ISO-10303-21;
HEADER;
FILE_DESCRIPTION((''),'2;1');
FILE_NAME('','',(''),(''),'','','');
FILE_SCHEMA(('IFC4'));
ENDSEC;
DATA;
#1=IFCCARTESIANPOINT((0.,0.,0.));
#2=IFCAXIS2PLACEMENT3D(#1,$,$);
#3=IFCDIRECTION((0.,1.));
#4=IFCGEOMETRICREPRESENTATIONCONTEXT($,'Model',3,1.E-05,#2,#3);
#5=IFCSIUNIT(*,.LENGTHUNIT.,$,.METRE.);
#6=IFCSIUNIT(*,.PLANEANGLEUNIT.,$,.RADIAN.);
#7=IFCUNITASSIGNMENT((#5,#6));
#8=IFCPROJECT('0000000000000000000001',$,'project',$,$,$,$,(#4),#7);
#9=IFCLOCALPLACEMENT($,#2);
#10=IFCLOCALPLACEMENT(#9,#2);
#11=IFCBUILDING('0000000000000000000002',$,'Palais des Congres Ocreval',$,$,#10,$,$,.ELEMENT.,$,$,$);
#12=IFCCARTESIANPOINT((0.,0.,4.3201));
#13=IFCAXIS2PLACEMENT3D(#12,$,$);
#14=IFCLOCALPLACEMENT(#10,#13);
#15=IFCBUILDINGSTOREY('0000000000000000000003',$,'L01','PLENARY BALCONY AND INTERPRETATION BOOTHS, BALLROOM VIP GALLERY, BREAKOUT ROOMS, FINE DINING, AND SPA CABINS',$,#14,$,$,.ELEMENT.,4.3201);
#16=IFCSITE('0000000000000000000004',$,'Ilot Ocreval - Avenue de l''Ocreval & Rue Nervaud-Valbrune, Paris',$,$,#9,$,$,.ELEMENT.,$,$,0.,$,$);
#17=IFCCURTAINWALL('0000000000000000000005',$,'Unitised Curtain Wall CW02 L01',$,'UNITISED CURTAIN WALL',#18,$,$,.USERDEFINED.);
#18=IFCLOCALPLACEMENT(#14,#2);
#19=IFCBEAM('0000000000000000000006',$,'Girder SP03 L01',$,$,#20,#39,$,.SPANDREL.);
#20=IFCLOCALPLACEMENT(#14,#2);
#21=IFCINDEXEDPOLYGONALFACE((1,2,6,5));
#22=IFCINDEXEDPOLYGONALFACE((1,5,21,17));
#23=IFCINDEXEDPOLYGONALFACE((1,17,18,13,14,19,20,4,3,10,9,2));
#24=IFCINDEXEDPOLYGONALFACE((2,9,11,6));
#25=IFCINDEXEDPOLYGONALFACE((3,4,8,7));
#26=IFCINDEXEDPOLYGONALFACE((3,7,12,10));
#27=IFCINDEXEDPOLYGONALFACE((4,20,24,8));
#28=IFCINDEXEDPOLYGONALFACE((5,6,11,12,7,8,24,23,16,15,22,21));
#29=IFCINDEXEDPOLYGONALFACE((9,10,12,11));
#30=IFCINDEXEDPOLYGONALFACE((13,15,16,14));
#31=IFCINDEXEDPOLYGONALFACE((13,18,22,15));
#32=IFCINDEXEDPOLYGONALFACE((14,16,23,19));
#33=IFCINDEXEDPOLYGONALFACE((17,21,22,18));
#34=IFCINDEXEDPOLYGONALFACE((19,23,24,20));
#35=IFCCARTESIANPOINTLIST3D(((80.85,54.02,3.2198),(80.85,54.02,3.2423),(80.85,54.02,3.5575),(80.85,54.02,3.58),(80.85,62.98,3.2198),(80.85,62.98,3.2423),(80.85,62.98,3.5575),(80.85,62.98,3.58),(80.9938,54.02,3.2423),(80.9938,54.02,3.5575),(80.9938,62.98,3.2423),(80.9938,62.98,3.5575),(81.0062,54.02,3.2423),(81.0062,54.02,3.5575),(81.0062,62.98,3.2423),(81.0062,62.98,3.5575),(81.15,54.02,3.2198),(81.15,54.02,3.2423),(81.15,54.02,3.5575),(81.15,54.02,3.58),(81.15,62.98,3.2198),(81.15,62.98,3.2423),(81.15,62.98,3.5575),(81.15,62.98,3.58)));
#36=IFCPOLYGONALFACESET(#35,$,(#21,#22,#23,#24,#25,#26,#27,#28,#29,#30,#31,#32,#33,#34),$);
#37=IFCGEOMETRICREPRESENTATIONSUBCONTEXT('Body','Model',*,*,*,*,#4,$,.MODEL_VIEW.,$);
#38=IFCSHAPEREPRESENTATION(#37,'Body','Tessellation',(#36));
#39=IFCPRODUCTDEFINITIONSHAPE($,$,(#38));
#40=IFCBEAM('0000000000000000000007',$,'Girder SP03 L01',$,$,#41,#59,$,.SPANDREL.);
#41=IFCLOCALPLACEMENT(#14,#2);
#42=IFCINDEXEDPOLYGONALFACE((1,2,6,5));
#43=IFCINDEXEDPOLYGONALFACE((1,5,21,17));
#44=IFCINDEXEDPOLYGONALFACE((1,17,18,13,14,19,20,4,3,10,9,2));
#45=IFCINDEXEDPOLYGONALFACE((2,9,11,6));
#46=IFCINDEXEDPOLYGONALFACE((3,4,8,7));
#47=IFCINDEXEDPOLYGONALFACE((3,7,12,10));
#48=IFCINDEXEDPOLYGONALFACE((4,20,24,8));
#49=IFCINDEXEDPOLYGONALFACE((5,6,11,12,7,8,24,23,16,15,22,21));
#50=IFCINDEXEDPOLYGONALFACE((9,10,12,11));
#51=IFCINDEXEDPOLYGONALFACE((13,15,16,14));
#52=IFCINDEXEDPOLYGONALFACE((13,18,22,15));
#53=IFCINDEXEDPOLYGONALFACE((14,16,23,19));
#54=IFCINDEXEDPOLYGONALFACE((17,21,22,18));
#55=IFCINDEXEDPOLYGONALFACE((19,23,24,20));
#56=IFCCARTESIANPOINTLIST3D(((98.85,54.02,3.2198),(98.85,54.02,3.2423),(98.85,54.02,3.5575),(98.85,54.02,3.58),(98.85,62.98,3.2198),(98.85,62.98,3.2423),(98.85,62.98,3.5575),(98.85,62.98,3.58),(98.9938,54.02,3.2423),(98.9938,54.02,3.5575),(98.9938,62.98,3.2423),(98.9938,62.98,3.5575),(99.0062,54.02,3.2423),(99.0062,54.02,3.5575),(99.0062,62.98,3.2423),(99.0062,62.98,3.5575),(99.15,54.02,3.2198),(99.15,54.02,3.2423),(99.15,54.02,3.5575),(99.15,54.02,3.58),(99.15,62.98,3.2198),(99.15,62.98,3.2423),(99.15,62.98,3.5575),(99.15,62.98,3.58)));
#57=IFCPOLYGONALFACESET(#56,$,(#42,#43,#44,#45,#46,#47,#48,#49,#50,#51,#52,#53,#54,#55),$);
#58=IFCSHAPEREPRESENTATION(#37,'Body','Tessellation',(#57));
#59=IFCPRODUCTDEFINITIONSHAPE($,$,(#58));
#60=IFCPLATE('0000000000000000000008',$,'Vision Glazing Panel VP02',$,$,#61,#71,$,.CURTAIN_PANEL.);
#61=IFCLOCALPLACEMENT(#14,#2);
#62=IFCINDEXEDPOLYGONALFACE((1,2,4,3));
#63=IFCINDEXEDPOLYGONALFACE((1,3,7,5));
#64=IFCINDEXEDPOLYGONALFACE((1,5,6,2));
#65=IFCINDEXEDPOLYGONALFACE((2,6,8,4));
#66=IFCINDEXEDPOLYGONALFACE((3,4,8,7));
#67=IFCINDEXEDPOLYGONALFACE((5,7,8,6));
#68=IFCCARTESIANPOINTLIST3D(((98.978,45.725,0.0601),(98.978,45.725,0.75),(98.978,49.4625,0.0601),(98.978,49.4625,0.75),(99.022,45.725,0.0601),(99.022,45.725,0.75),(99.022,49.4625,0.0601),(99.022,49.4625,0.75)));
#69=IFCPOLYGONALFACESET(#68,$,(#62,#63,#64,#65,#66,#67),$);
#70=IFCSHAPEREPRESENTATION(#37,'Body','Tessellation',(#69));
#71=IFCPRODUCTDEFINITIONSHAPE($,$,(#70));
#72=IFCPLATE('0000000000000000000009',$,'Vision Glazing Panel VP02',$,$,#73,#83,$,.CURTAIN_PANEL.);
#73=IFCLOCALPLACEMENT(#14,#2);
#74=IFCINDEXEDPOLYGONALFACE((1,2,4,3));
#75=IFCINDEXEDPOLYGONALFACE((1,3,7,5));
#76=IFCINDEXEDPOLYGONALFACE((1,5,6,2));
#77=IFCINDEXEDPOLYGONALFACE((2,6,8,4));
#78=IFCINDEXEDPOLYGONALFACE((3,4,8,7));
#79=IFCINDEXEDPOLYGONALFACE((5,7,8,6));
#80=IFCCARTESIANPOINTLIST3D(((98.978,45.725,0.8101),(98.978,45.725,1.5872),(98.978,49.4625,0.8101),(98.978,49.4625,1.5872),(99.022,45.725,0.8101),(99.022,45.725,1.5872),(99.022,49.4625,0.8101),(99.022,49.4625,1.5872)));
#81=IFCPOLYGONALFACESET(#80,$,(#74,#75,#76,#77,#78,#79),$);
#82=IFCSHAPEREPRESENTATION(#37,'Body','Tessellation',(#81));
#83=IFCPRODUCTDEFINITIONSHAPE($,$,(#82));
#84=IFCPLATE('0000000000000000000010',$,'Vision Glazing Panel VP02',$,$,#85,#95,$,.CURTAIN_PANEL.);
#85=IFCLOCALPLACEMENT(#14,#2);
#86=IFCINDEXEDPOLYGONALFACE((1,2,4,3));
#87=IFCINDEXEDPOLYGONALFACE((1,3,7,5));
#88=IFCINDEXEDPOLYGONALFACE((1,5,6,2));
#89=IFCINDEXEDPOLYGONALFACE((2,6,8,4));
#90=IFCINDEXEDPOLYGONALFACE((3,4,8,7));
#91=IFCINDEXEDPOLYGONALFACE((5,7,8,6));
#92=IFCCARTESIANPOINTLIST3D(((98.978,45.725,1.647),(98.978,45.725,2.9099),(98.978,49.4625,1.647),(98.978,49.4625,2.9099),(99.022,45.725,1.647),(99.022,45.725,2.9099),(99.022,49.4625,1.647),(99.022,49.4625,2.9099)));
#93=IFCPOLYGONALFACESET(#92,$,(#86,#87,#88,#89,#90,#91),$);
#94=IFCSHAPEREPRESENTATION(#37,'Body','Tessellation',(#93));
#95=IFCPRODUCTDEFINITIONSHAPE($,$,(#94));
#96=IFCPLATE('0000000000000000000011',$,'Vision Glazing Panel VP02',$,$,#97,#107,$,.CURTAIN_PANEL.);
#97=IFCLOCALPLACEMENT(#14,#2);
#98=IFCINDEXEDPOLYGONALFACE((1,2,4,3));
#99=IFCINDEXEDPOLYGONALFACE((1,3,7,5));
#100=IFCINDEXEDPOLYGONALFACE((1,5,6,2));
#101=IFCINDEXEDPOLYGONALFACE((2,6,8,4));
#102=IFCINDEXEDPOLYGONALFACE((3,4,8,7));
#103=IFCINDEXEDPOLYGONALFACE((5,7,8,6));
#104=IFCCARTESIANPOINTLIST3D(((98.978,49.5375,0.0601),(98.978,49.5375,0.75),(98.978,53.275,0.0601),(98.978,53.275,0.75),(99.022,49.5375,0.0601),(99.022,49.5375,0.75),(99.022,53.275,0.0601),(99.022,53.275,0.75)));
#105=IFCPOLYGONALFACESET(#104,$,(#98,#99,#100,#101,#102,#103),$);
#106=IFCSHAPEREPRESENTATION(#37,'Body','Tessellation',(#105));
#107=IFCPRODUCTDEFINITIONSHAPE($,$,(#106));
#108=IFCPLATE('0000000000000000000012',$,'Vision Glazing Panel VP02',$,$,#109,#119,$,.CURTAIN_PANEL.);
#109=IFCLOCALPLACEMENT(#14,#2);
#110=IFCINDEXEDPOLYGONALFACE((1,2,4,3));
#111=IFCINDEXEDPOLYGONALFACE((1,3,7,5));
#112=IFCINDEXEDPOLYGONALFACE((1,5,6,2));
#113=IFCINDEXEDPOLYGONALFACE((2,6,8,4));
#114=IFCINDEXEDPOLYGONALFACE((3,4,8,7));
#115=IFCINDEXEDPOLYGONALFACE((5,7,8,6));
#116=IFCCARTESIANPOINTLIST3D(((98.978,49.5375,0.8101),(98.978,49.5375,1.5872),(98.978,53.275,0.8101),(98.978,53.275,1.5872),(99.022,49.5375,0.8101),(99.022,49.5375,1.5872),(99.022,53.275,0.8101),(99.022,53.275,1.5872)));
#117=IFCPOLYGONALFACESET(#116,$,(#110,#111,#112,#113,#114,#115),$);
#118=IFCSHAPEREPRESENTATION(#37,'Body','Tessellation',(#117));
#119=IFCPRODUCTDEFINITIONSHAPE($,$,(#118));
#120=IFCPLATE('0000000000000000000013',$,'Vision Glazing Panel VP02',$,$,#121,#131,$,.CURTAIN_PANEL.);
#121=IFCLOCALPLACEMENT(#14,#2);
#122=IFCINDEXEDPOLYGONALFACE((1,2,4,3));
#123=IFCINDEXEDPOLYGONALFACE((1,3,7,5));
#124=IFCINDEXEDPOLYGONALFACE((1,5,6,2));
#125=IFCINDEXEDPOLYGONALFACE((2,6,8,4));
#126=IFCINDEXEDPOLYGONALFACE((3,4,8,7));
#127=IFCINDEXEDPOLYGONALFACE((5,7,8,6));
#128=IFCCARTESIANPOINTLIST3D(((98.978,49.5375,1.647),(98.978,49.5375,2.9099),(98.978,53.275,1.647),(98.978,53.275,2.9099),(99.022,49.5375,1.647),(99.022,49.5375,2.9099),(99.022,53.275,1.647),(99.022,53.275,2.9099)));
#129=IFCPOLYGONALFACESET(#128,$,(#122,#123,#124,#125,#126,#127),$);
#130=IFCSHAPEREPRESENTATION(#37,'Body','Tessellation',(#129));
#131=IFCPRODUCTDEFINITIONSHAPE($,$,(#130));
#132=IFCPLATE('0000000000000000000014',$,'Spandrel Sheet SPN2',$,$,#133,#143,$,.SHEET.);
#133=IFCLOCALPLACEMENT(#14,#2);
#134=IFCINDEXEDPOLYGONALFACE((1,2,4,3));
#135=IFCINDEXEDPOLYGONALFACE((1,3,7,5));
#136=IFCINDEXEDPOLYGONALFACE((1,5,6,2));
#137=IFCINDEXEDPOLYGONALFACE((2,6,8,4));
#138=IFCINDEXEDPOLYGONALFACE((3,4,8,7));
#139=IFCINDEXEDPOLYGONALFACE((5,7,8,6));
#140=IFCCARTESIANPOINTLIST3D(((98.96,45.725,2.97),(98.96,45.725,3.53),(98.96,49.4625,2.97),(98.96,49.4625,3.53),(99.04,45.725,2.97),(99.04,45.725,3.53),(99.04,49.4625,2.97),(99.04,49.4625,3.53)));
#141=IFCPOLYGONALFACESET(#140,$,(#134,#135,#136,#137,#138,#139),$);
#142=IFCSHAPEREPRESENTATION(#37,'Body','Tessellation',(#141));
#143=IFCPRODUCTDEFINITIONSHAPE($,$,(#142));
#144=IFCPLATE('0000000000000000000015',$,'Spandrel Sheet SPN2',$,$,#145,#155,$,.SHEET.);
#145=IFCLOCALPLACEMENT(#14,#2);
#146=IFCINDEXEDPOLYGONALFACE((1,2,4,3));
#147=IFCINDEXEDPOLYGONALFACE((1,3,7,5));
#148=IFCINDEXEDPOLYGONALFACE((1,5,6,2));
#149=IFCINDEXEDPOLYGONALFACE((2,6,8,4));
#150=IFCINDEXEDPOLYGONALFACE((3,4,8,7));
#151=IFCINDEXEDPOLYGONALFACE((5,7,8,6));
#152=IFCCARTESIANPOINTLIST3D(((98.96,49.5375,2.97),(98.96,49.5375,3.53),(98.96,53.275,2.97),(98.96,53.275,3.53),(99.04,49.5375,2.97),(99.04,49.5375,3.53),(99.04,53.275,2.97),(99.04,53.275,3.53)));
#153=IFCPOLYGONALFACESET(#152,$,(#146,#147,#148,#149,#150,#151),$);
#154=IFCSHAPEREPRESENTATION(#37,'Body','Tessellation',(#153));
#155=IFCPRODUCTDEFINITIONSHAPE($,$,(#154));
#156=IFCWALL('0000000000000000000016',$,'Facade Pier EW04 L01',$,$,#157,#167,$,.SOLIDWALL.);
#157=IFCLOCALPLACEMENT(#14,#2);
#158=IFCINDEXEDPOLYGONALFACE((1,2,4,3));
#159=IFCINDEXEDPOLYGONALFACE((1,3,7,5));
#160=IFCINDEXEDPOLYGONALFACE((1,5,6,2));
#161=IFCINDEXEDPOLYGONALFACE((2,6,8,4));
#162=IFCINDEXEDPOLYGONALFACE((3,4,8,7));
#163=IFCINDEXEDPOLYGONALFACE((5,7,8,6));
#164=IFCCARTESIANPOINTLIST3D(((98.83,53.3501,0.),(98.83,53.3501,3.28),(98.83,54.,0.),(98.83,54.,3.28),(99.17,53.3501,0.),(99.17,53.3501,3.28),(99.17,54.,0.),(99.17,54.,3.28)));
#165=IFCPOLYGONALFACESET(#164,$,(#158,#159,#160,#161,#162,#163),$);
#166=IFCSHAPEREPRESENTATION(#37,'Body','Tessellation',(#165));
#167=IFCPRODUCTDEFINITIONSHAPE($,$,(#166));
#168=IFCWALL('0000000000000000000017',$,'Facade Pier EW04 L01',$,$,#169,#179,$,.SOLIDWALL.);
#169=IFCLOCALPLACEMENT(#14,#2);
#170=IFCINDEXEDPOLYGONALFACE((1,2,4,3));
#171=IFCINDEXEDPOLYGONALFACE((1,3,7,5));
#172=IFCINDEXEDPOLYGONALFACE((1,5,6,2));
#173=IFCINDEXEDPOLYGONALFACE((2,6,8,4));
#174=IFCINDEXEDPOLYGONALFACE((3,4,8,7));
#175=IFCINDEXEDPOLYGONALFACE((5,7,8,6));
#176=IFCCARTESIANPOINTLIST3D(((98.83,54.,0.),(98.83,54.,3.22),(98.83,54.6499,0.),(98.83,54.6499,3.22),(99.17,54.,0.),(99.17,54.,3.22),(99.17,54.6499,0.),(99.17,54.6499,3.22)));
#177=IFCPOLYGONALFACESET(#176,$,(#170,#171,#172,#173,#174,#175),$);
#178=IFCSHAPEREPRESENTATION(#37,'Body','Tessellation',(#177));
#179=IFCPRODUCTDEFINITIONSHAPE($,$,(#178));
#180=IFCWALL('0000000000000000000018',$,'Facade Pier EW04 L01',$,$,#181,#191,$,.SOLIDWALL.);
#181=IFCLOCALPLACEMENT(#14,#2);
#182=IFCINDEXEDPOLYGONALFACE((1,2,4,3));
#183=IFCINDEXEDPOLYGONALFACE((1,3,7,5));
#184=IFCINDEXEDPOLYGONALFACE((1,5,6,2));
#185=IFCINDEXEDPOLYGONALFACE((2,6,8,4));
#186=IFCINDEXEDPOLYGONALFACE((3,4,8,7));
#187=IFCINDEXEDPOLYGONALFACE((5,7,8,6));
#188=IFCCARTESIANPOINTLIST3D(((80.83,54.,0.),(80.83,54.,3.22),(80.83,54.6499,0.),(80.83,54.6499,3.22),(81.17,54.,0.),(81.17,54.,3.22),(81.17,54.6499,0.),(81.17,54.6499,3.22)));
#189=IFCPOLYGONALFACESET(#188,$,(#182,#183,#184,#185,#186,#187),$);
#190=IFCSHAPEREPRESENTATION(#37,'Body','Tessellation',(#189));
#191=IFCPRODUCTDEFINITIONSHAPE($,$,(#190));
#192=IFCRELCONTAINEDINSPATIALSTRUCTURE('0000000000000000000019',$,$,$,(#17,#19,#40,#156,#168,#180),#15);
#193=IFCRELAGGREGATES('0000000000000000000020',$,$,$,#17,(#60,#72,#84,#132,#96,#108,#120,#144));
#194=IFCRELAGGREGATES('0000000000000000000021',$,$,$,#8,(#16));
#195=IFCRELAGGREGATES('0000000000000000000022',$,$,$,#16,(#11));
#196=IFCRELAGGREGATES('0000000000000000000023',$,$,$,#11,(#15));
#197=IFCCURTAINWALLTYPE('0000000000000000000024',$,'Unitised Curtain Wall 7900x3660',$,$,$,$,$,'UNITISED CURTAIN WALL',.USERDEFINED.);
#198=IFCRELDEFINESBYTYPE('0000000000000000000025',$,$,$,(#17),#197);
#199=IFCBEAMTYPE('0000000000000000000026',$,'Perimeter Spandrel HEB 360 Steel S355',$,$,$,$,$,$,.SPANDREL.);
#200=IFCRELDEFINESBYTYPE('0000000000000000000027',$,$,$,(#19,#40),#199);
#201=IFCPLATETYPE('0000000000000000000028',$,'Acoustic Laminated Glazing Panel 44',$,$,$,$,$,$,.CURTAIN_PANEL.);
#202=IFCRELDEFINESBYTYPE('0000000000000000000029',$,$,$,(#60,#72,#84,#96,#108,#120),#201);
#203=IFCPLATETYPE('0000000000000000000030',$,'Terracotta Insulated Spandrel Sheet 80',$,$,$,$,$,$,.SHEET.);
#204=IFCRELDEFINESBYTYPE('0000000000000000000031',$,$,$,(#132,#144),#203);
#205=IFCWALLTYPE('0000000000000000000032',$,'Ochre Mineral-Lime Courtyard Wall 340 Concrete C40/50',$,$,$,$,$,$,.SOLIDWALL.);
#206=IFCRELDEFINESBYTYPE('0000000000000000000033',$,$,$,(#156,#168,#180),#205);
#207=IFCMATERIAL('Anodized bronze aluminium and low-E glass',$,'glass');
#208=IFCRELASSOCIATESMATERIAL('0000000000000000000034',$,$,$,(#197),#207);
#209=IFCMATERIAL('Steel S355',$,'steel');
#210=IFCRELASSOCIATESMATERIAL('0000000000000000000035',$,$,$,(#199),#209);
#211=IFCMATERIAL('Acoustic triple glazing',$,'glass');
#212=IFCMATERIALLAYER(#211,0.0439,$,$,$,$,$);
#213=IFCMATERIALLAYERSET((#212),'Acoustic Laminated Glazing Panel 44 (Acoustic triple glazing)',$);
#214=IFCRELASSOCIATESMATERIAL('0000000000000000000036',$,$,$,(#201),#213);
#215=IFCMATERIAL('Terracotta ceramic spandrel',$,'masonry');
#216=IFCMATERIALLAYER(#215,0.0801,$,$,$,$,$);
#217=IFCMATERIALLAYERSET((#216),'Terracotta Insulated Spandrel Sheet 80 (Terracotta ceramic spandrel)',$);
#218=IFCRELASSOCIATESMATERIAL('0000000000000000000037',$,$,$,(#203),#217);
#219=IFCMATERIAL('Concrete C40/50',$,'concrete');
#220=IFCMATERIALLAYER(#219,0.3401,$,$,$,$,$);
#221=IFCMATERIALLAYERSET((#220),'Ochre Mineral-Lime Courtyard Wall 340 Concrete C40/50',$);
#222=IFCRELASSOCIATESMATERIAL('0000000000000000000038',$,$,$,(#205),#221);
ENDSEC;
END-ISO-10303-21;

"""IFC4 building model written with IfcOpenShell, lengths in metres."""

from ifc_helpers import new_model, si_unit, direction, frame, frame_2d, origin, origin_2d, place, context, subcontext, project, spatial, rectangle, i_section, extrude, material, layer, layer_set, material_profile, profile_set, type_object, element, aggregate, save


model = new_model("IFC4")

# Units and contexts
model_context = context("Model", 3, precision=1e-05, world=origin(), true_north=direction((0.0, 1.0)))
body_context = subcontext(model_context, "Body", "Model", "MODEL_VIEW")
ifc_project = project(units=[si_unit("LENGTHUNIT", "METRE"), si_unit("PLANEANGLEUNIT", "RADIAN")], contexts=[model_context])

# Site, building, storey
site_placement = place(None, origin())
site = spatial("IfcSite", under=ifc_project, at=site_placement, Name="Ilot Ocreval - Avenue de l'Ocreval & Rue Nervaud-Valbrune, Paris", CompositionType="ELEMENT", RefElevation=0.0)
building_placement = place(site_placement, origin())
building = spatial("IfcBuilding", under=site, at=building_placement, Name="Palais des Congres Ocreval", CompositionType="ELEMENT")
storey_placement = place(building_placement, frame((0.0, 0.0, 4.3201)))
storey = spatial("IfcBuildingStorey", under=building, at=storey_placement, Name="L01", Description="PLENARY BALCONY AND INTERPRETATION BOOTHS, BALLROOM VIP GALLERY, BREAKOUT ROOMS, FINE DINING, AND SPA CABINS", CompositionType="ELEMENT", Elevation=4.3201)

# Shared definitions
ifc_material_1 = material(Name="Steel S355", Category="steel")

# Curtain wall
ifc_material_2 = material(Name="Anodized bronze aluminium and low-E glass", Category="glass")
curtain_wall_type = type_object("IfcCurtainWallType", Name="Unitised Curtain Wall 7900x3660", ElementType="UNITISED CURTAIN WALL", PredefinedType="USERDEFINED", material=ifc_material_2)
curtain_wall_placement = place(storey_placement, origin())
curtain_wall = element("IfcCurtainWall", 1, at=curtain_wall_placement, inside=storey, type_object=curtain_wall_type, Name="Unitised Curtain Wall CW02 L01", ObjectType="UNITISED CURTAIN WALL", PredefinedType="USERDEFINED")

# Beams
ifc_material_profile_1 = material_profile(ifc_material_1, i_section(OverallWidth=0.3, OverallDepth=0.3601, WebThickness=0.0125, FlangeThickness=0.0225, at=origin_2d()), Name="HEB 360")
ifc_profile_set_1 = profile_set([ifc_material_profile_1], Name="Steel S355")
beam_type = type_object("IfcBeamType", Name="Perimeter Spandrel HEB 360 Steel S355", PredefinedType="SPANDREL", material=ifc_profile_set_1)
for number, where, z_axis, x_axis, name in (
    (2, (81.0, 54.02, 3.3999), (0.0, 1.0, 0.0), (-1.0, 0.0, 0.0), "Girder SP03 L01"),
    (3, (99.0, 54.02, 3.3999), (0.0, 1.0, 0.0), (-1.0, 0.0, 0.0), "Girder SP03 L01"),
):
    element("IfcBeam", number, at=place(storey_placement, frame(where, z_axis=z_axis, x_axis=x_axis)), inside=storey, type_object=beam_type, Name=name, PredefinedType="SPANDREL", context=body_context, shape_type="SweptSolid", body=[
        extrude(i_section(OverallWidth=0.3, OverallDepth=0.3601, WebThickness=0.0125, FlangeThickness=0.0225, at=origin_2d()), origin(), (0.0, 0.0, 1.0), 8.96),
    ])

# Plates
ifc_material_3 = material(Name="Acoustic triple glazing", Category="glass")
ifc_layer_1 = layer(ifc_material_3, 0.0439)
ifc_layer_set_1 = layer_set([ifc_layer_1], Name="Acoustic Laminated Glazing Panel 44 (Acoustic triple glazing)")
plate_type_1 = type_object("IfcPlateType", Name="Acoustic Laminated Glazing Panel 44", PredefinedType="CURTAIN_PANEL", material=ifc_layer_set_1)
plate_1_placement = place(storey_placement, frame((99.0, 47.5938, 0.0601), z_axis=(0.0, 0.0, 1.0), x_axis=(0.0, 1.0, 0.0)))
plate_1 = element("IfcPlate", 4, at=plate_1_placement, type_object=plate_type_1, Name="Vision Glazing Panel VP02", PredefinedType="CURTAIN_PANEL", context=body_context, shape_type="SweptSolid", body=[
    extrude(rectangle(XDim=3.7375, YDim=0.0439, at=origin_2d()), origin(), (0.0, 0.0, 1.0), 0.6899),
])
plate_2_placement = place(storey_placement, frame((99.0, 47.5938, 0.8101), z_axis=(0.0, 0.0, 1.0), x_axis=(0.0, 1.0, 0.0)))
plate_2 = element("IfcPlate", 5, at=plate_2_placement, type_object=plate_type_1, Name="Vision Glazing Panel VP02", PredefinedType="CURTAIN_PANEL", context=body_context, shape_type="SweptSolid", body=[
    extrude(rectangle(XDim=3.7375, YDim=0.0439, at=origin_2d()), origin(), (0.0, 0.0, 1.0), 0.7771),
])
plate_3_placement = place(storey_placement, frame((99.0, 47.5938, 1.647), z_axis=(0.0, 0.0, 1.0), x_axis=(0.0, 1.0, 0.0)))
plate_3 = element("IfcPlate", 6, at=plate_3_placement, type_object=plate_type_1, Name="Vision Glazing Panel VP02", PredefinedType="CURTAIN_PANEL", context=body_context, shape_type="SweptSolid", body=[
    extrude(rectangle(XDim=3.7375, YDim=0.0439, at=origin_2d()), origin(), (0.0, 0.0, 1.0), 1.2629),
])
plate_4_placement = place(storey_placement, frame((99.0, 51.4062, 0.0601), z_axis=(0.0, 0.0, 1.0), x_axis=(0.0, 1.0, 0.0)))
plate_4 = element("IfcPlate", 7, at=plate_4_placement, type_object=plate_type_1, Name="Vision Glazing Panel VP02", PredefinedType="CURTAIN_PANEL", context=body_context, shape_type="SweptSolid", body=[
    extrude(rectangle(XDim=3.7375, YDim=0.0439, at=origin_2d()), origin(), (0.0, 0.0, 1.0), 0.6899),
])
plate_5_placement = place(storey_placement, frame((99.0, 51.4062, 0.8101), z_axis=(0.0, 0.0, 1.0), x_axis=(0.0, 1.0, 0.0)))
plate_5 = element("IfcPlate", 8, at=plate_5_placement, type_object=plate_type_1, Name="Vision Glazing Panel VP02", PredefinedType="CURTAIN_PANEL", context=body_context, shape_type="SweptSolid", body=[
    extrude(rectangle(XDim=3.7375, YDim=0.0439, at=origin_2d()), origin(), (0.0, 0.0, 1.0), 0.7771),
])
plate_6_placement = place(storey_placement, frame((99.0, 51.4062, 1.647), z_axis=(0.0, 0.0, 1.0), x_axis=(0.0, 1.0, 0.0)))
plate_6 = element("IfcPlate", 9, at=plate_6_placement, type_object=plate_type_1, Name="Vision Glazing Panel VP02", PredefinedType="CURTAIN_PANEL", context=body_context, shape_type="SweptSolid", body=[
    extrude(rectangle(XDim=3.7375, YDim=0.0439, at=origin_2d()), origin(), (0.0, 0.0, 1.0), 1.2629),
])
ifc_material_4 = material(Name="Terracotta ceramic spandrel", Category="masonry")
ifc_layer_2 = layer(ifc_material_4, 0.0801)
ifc_layer_set_2 = layer_set([ifc_layer_2], Name="Terracotta Insulated Spandrel Sheet 80 (Terracotta ceramic spandrel)")
plate_type_2 = type_object("IfcPlateType", Name="Terracotta Insulated Spandrel Sheet 80", PredefinedType="SHEET", material=ifc_layer_set_2)
plate_7_placement = place(storey_placement, frame((99.0, 47.5938, 2.97), z_axis=(0.0, 0.0, 1.0), x_axis=(0.0, 1.0, 0.0)))
plate_7 = element("IfcPlate", 10, at=plate_7_placement, type_object=plate_type_2, Name="Spandrel Sheet SPN2", PredefinedType="SHEET", context=body_context, shape_type="SweptSolid", body=[
    extrude(rectangle(XDim=3.7375, YDim=0.0801, at=origin_2d()), origin(), (0.0, 0.0, 1.0), 0.5601),
])
plate_8_placement = place(storey_placement, frame((99.0, 51.4062, 2.97), z_axis=(0.0, 0.0, 1.0), x_axis=(0.0, 1.0, 0.0)))
plate_8 = element("IfcPlate", 11, at=plate_8_placement, type_object=plate_type_2, Name="Spandrel Sheet SPN2", PredefinedType="SHEET", context=body_context, shape_type="SweptSolid", body=[
    extrude(rectangle(XDim=3.7375, YDim=0.0801, at=origin_2d()), origin(), (0.0, 0.0, 1.0), 0.5601),
])
aggregate(curtain_wall, [plate_1, plate_2, plate_3, plate_7, plate_4, plate_5, plate_6, plate_8])

# Walls
ifc_material_5 = material(Name="Concrete C40/50", Category="concrete")
ifc_layer_3 = layer(ifc_material_5, 0.3401)
ifc_layer_set_3 = layer_set([ifc_layer_3], Name="Ochre Mineral-Lime Courtyard Wall 340 Concrete C40/50")
wall_type = type_object("IfcWallType", Name="Ochre Mineral-Lime Courtyard Wall 340 Concrete C40/50", PredefinedType="SOLIDWALL", material=ifc_layer_set_3)
wall_placement = place(storey_placement, frame((99.0, 53.3501, 0.0), z_axis=(0.0, 0.0, 1.0), x_axis=(0.0, 1.0, 0.0)))
element("IfcWall", 12, at=wall_placement, inside=storey, type_object=wall_type, Name="Facade Pier EW04 L01", PredefinedType="SOLIDWALL", context=body_context, shape_type="SweptSolid", body=[
    extrude(rectangle(XDim=0.6499, YDim=0.3401, at=frame_2d((0.325, 0.0))), origin(), (0.0, 0.0, 1.0), 3.28),
])
for number, where, z_axis, x_axis, name in (
    (13, (99.0, 54.0, 0.0), (0.0, 0.0, 1.0), (0.0, 1.0, 0.0), "Facade Pier EW04 L01"),
    (14, (81.0, 54.6499, 0.0), (0.0, 0.0, 1.0), (0.0, -1.0, 0.0), "Facade Pier EW04 L01"),
):
    element("IfcWall", number, at=place(storey_placement, frame(where, z_axis=z_axis, x_axis=x_axis)), inside=storey, type_object=wall_type, Name=name, PredefinedType="SOLIDWALL", context=body_context, shape_type="SweptSolid", body=[
        extrude(rectangle(XDim=0.6499, YDim=0.3401, at=frame_2d((0.325, 0.0))), origin(), (0.0, 0.0, 1.0), 3.22),
    ])

save(model, "model.ifc")
